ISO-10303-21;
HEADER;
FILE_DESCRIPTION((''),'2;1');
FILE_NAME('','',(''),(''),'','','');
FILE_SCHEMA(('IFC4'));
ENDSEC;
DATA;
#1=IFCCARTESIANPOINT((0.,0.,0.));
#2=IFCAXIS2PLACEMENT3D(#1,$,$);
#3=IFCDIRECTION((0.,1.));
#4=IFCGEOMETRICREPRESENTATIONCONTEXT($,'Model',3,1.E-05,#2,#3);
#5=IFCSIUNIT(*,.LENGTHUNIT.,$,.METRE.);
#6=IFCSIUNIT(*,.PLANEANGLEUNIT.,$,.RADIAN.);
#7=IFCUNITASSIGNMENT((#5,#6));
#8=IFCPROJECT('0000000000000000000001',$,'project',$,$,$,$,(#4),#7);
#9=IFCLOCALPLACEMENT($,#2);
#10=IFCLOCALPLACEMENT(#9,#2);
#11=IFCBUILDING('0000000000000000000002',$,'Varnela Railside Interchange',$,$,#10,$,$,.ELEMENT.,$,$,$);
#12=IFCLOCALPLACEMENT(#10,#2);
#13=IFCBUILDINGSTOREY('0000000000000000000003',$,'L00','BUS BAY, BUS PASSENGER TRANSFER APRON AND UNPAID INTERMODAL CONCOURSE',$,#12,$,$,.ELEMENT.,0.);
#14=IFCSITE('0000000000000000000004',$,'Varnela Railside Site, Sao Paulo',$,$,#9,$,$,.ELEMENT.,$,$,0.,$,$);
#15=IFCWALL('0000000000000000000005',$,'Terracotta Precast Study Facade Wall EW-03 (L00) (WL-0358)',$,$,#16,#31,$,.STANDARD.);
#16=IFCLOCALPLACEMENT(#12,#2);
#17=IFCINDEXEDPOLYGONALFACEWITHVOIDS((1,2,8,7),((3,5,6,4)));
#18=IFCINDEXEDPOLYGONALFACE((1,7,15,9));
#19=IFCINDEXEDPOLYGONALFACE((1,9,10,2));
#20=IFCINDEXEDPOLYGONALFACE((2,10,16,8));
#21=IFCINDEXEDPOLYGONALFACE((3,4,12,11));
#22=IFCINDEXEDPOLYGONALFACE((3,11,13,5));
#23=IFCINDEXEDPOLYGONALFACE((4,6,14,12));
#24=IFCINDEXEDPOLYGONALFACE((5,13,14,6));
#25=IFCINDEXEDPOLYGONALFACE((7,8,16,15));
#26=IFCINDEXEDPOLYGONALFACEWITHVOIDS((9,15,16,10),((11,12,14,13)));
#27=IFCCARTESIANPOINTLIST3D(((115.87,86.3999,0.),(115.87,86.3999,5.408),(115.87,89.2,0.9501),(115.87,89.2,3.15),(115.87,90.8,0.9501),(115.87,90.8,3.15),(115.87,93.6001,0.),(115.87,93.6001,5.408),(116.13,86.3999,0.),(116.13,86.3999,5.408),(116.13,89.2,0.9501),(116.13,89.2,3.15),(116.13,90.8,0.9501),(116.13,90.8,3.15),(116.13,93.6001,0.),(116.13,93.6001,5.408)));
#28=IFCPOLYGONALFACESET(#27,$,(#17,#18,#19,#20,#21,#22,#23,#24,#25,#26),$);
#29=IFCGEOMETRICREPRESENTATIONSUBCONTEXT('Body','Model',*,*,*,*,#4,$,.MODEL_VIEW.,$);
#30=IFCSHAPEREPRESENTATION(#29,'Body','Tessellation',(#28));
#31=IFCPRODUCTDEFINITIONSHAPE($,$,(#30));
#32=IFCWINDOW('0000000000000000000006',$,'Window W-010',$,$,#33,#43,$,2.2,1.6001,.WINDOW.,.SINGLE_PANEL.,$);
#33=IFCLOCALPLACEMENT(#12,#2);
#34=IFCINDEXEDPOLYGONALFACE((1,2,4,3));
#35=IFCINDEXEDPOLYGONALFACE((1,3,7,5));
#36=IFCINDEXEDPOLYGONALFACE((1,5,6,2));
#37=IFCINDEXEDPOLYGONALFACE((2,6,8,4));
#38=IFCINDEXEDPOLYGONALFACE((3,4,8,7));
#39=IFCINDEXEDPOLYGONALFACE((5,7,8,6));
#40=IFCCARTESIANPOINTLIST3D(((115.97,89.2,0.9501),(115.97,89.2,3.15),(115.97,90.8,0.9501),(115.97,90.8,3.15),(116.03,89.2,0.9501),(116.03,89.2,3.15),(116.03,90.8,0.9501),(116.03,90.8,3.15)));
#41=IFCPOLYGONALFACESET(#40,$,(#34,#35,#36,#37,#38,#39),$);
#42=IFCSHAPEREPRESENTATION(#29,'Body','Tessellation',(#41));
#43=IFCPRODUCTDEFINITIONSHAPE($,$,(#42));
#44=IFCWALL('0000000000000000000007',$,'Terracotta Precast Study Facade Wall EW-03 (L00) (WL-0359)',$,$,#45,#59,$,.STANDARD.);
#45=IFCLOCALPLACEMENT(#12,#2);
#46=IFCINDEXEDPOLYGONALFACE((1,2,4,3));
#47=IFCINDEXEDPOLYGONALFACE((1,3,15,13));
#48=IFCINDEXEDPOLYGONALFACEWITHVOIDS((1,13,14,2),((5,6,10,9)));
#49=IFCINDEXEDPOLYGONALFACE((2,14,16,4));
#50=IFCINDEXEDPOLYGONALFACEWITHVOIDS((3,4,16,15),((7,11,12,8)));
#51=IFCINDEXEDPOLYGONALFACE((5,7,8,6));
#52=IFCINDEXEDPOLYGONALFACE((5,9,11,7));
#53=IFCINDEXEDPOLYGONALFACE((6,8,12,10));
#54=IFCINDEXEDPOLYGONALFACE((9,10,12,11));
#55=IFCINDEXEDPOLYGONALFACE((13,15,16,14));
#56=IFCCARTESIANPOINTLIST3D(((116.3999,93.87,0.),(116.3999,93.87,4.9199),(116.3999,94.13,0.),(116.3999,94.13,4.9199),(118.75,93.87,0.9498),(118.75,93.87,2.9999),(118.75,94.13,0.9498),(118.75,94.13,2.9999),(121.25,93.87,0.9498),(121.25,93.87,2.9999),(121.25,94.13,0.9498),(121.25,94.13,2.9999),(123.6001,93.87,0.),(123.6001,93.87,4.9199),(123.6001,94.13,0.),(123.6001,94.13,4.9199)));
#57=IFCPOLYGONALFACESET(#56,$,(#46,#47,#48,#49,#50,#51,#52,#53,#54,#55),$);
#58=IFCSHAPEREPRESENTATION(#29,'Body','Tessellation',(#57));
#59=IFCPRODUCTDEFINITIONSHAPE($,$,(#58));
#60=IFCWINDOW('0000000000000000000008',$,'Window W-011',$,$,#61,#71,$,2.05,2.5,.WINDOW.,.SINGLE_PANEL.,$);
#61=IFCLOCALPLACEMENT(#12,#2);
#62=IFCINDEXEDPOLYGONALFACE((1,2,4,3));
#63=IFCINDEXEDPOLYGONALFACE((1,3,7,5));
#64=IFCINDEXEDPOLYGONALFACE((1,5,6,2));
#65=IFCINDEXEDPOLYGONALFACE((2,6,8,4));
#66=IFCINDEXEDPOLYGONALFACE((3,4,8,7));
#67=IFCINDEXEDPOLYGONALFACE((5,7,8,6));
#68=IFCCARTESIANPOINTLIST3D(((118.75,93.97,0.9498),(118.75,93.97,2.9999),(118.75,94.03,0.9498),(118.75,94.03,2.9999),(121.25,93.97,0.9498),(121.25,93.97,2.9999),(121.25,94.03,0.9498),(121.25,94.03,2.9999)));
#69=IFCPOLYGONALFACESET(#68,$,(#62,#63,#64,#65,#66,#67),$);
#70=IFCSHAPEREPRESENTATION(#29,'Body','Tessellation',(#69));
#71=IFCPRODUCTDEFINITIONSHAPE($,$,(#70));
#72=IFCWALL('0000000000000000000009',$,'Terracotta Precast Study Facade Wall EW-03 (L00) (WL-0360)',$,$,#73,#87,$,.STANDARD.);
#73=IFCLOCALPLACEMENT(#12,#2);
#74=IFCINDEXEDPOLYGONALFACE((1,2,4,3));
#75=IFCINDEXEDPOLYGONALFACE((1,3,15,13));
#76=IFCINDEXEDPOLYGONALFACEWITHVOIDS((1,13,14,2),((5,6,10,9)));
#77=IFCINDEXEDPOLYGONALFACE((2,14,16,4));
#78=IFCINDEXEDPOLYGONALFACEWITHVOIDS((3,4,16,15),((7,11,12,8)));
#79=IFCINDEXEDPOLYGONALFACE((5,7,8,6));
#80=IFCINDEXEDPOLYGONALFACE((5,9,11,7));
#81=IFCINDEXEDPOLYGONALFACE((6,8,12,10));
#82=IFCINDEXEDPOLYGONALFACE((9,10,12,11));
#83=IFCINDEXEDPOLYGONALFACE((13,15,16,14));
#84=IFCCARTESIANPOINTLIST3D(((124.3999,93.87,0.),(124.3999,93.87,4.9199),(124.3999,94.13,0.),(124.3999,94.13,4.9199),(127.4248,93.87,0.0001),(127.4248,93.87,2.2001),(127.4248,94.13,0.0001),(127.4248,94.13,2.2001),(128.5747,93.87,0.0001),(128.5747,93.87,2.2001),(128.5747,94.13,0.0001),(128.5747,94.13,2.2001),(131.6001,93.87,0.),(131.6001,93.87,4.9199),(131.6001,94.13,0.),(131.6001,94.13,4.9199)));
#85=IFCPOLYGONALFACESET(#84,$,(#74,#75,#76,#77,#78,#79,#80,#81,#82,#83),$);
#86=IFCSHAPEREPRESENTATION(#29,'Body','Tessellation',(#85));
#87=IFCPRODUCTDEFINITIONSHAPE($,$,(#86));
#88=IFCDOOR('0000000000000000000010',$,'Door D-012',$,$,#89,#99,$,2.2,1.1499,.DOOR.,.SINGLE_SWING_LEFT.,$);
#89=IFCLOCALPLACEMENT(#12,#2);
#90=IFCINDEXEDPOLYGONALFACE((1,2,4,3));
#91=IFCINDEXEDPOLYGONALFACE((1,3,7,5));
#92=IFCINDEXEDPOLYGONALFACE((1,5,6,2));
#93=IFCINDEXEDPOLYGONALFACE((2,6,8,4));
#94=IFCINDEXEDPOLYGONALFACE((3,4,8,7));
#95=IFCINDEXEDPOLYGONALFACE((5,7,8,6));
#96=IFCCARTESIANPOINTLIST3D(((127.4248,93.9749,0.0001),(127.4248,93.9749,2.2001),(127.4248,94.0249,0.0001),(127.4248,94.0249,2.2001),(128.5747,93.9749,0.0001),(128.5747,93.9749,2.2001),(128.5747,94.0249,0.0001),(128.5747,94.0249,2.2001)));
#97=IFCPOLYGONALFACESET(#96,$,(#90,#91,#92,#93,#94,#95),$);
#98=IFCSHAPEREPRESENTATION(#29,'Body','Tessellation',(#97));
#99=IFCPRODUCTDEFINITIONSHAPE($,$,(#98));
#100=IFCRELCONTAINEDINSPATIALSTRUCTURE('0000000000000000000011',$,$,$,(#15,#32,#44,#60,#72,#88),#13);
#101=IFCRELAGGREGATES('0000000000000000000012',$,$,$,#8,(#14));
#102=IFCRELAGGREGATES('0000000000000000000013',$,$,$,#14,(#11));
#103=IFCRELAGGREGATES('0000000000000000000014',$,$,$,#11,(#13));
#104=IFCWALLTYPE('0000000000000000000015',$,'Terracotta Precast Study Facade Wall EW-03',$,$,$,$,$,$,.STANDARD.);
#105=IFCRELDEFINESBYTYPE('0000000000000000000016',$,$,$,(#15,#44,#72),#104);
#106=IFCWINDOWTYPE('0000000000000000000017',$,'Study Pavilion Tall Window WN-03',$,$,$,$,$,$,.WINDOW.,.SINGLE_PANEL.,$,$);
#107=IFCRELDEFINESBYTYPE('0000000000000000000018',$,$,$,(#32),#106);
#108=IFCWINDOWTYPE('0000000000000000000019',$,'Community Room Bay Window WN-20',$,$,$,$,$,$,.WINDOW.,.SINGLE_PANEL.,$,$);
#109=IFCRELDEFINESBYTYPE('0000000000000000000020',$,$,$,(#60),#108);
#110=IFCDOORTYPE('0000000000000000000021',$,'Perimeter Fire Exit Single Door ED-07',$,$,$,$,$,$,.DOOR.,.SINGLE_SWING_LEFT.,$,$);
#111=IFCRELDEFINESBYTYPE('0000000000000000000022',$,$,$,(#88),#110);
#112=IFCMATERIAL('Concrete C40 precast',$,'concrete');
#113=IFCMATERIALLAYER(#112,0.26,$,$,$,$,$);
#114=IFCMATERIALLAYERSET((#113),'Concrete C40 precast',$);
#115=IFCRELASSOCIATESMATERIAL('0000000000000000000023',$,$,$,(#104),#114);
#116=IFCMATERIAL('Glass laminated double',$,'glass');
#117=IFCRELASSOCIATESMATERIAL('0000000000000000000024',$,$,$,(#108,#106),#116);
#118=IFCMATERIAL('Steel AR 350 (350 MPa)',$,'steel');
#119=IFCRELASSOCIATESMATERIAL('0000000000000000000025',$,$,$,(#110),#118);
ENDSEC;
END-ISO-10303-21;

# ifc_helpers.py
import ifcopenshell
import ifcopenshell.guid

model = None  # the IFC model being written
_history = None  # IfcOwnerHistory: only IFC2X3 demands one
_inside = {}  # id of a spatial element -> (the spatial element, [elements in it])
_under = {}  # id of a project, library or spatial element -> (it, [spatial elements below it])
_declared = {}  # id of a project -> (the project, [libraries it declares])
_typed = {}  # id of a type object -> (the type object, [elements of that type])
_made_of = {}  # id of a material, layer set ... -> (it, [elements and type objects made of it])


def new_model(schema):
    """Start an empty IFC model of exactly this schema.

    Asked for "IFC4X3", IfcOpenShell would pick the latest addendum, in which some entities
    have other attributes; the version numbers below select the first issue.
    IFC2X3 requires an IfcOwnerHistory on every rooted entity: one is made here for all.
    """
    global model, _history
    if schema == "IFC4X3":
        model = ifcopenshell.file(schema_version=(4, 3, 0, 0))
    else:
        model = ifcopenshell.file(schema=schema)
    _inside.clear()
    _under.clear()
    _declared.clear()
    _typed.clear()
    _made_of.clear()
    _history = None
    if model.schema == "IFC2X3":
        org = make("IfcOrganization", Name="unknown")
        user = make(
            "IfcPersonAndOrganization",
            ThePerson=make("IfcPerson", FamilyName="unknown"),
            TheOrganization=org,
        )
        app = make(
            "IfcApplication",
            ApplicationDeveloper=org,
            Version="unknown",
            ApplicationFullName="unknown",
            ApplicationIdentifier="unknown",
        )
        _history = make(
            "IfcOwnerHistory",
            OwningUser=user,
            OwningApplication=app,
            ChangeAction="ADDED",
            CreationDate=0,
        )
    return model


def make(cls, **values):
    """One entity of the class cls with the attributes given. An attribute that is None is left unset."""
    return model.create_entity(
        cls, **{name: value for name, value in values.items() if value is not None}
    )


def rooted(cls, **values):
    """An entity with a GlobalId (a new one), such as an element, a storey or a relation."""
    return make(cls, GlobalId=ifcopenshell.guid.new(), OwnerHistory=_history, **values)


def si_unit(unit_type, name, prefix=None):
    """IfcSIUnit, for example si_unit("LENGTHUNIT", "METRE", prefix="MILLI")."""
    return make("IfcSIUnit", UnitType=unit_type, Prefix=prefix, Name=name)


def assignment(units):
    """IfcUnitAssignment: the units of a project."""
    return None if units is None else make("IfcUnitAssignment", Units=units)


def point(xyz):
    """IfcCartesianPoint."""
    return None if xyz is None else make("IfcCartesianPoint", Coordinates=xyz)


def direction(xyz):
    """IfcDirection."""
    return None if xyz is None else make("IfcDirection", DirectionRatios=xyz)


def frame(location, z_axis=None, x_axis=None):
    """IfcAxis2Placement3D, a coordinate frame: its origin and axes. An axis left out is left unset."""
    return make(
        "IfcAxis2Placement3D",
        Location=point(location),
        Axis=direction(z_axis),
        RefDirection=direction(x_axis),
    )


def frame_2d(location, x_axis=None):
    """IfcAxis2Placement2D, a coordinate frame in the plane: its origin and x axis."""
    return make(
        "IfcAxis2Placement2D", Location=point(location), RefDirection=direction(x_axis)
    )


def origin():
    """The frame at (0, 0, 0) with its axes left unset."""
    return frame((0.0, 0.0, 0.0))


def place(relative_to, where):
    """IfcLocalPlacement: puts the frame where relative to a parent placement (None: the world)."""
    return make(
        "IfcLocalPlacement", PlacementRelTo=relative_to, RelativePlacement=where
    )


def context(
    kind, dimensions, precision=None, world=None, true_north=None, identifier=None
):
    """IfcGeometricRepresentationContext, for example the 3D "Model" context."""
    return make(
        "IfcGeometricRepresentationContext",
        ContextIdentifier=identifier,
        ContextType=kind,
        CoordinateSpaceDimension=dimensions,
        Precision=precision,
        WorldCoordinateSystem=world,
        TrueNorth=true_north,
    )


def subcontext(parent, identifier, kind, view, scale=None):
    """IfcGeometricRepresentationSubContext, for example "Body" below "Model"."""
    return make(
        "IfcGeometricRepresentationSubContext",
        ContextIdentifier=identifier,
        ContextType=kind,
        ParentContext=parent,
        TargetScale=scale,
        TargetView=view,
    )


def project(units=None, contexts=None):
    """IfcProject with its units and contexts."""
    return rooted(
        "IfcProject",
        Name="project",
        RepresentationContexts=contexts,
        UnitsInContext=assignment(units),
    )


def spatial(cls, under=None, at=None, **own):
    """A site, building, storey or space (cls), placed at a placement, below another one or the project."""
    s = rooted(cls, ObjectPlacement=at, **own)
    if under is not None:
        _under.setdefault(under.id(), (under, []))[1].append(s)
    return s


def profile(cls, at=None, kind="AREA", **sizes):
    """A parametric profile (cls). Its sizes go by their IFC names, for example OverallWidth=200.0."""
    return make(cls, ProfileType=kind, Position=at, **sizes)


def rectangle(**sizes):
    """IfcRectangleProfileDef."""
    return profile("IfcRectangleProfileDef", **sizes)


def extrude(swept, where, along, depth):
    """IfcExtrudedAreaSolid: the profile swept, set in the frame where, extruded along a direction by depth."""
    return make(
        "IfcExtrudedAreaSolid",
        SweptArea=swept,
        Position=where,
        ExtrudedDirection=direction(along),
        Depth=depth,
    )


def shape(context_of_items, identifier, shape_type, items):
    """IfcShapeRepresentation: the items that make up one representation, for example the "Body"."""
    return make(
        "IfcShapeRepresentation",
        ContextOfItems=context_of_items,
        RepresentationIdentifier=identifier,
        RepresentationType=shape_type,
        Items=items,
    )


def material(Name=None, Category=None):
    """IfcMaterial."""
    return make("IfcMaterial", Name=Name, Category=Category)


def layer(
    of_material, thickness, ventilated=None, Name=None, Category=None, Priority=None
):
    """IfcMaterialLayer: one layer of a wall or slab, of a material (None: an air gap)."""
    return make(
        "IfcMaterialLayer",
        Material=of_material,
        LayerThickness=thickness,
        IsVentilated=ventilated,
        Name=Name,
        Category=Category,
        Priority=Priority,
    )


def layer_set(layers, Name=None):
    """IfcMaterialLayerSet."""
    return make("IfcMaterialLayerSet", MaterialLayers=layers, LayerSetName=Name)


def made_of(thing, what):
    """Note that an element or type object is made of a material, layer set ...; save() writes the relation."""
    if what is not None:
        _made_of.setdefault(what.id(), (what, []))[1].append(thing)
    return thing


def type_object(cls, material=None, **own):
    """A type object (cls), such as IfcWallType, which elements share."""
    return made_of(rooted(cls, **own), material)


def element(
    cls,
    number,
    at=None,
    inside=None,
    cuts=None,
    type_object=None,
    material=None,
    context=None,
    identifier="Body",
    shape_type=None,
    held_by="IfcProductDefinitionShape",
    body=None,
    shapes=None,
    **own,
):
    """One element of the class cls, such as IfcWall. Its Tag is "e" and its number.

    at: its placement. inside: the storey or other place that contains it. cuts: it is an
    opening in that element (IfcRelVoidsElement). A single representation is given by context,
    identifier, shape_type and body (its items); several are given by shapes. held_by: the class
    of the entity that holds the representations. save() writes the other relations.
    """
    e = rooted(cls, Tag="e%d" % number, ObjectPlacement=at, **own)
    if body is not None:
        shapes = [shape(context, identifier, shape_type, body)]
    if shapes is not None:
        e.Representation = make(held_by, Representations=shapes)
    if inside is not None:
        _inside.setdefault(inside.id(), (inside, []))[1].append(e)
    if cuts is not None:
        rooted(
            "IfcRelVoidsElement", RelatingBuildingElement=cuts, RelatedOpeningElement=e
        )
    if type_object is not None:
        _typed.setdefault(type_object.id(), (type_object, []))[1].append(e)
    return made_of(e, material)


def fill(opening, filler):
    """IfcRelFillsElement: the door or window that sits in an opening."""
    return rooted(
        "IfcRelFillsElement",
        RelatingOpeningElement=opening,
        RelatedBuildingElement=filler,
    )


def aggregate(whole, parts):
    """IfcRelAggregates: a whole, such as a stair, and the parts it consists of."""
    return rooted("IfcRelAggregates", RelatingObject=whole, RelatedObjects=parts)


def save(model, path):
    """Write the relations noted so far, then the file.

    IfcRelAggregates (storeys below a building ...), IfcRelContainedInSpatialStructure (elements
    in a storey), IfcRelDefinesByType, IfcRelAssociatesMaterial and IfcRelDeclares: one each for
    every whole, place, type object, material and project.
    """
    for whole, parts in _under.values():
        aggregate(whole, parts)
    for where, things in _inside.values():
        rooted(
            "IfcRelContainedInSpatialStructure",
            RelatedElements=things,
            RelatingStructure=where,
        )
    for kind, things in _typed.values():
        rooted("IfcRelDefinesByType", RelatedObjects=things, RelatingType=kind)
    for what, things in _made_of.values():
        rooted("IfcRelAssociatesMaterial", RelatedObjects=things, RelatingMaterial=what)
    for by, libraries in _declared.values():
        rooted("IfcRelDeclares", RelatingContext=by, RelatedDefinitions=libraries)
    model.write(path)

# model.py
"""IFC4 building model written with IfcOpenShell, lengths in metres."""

from ifc_helpers import new_model, si_unit, direction, frame, frame_2d, origin, place, context, subcontext, project, spatial, rectangle, extrude, material, layer, layer_set, type_object, element, fill, save


model = new_model("IFC4")

# Units and contexts
model_context = context("Model", 3, precision=1e-05, world=origin(), true_north=direction((0.0, 1.0)))
body_context = subcontext(model_context, "Body", "Model", "MODEL_VIEW")
ifc_project = project(units=[si_unit("LENGTHUNIT", "METRE"), si_unit("PLANEANGLEUNIT", "RADIAN")], contexts=[model_context])

# Site, building, storey
site_placement = place(None, origin())
site = spatial("IfcSite", under=ifc_project, at=site_placement, Name="Varnela Railside Site, Sao Paulo", CompositionType="ELEMENT", RefElevation=0.0)
building_placement = place(site_placement, origin())
building = spatial("IfcBuilding", under=site, at=building_placement, Name="Varnela Railside Interchange", CompositionType="ELEMENT")
storey_placement = place(building_placement, origin())
storey = spatial("IfcBuildingStorey", under=building, at=storey_placement, Name="L00", Description="BUS BAY, BUS PASSENGER TRANSFER APRON AND UNPAID INTERMODAL CONCOURSE", CompositionType="ELEMENT", Elevation=0.0)

# Shared definitions
ifc_material_1 = material(Name="Steel AR 350 (350 MPa)", Category="steel")

# Walls, openings, windows
ifc_material_2 = material(Name="Concrete C40 precast", Category="concrete")
ifc_layer = layer(ifc_material_2, 0.26)
ifc_layer_set = layer_set([ifc_layer], Name="Concrete C40 precast")
wall_type = type_object("IfcWallType", Name="Terracotta Precast Study Facade Wall EW-03", PredefinedType="STANDARD", material=ifc_layer_set)
ifc_material_3 = material(Name="Glass laminated double", Category="glass")
window_type_1 = type_object("IfcWindowType", Name="Community Room Bay Window WN-20", PartitioningType="SINGLE_PANEL", PredefinedType="WINDOW", material=ifc_material_3)
wall_1_placement = place(storey_placement, frame((116.0, 86.3999, 0.0), z_axis=(0.0, 0.0, 1.0), x_axis=(0.0, 1.0, 0.0)))
wall_1 = element("IfcWall", 1, at=wall_1_placement, inside=storey, type_object=wall_type, Name="Terracotta Precast Study Facade Wall EW-03 (L00) (WL-0358)", PredefinedType="STANDARD", context=body_context, shape_type="SweptSolid", body=[
    extrude(rectangle(XDim=7.2002, YDim=0.26, at=frame_2d((3.6001, 0.0))), origin(), (0.0, 0.0, 1.0), 5.408),
])
opening_1_placement = place(wall_1_placement, frame((2.8, 0.0, 0.95)))
opening_1 = element("IfcOpeningElement", 2, at=opening_1_placement, cuts=wall_1, PredefinedType="OPENING", context=body_context, shape_type="SweptSolid", body=[
    extrude(rectangle(XDim=1.6001, YDim=2.2, at=frame_2d((0.8, 1.1001))), frame((0.0, 0.1399, 0.0), z_axis=(0.0, -1.0, 0.0), x_axis=(1.0, 0.0, 0.0)), (0.0, 0.0, 1.0), 0.28),
])
window_type_2 = type_object("IfcWindowType", Name="Study Pavilion Tall Window WN-03", PartitioningType="SINGLE_PANEL", PredefinedType="WINDOW", material=ifc_material_3)
window_1_placement = place(opening_1_placement, origin())
window_1 = element("IfcWindow", 3, at=window_1_placement, inside=storey, type_object=window_type_2, Name="Window W-010", OverallHeight=2.2, OverallWidth=1.6001, PartitioningType="SINGLE_PANEL", PredefinedType="WINDOW", context=body_context, shape_type="SweptSolid", body=[
    extrude(rectangle(XDim=1.6001, YDim=2.2, at=frame_2d((0.8, 1.1001))), frame((0.0, 0.03, 0.0), z_axis=(0.0, -1.0, 0.0), x_axis=(1.0, 0.0, 0.0)), (0.0, 0.0, 1.0), 0.0601),
])
fill(opening_1, window_1)
wall_2_placement = place(storey_placement, frame((116.3999, 94.0, 0.0), z_axis=(0.0, 0.0, 1.0), x_axis=(1.0, 0.0, 0.0)))
wall_2 = element("IfcWall", 4, at=wall_2_placement, inside=storey, type_object=wall_type, Name="Terracotta Precast Study Facade Wall EW-03 (L00) (WL-0359)", PredefinedType="STANDARD", context=body_context, shape_type="SweptSolid", body=[
    extrude(rectangle(XDim=7.2002, YDim=0.26, at=frame_2d((3.6001, 0.0))), origin(), (0.0, 0.0, 1.0), 4.9199),
])
opening_2_placement = place(wall_2_placement, frame((2.3501, 0.0, 0.95)))
opening_2 = element("IfcOpeningElement", 5, at=opening_2_placement, cuts=wall_2, PredefinedType="OPENING", context=body_context, shape_type="SweptSolid", body=[
    extrude(rectangle(XDim=2.5, YDim=2.05, at=frame_2d((1.25, 1.0249))), frame((0.0, 0.1399, 0.0), z_axis=(0.0, -1.0, 0.0), x_axis=(1.0, 0.0, 0.0)), (0.0, 0.0, 1.0), 0.28),
])
window_2_placement = place(opening_2_placement, origin())
window_2 = element("IfcWindow", 6, at=window_2_placement, inside=storey, type_object=window_type_1, Name="Window W-011", OverallHeight=2.05, OverallWidth=2.5, PartitioningType="SINGLE_PANEL", PredefinedType="WINDOW", context=body_context, shape_type="SweptSolid", body=[
    extrude(rectangle(XDim=2.5, YDim=2.05, at=frame_2d((1.25, 1.0249))), frame((0.0, 0.03, 0.0), z_axis=(0.0, -1.0, 0.0), x_axis=(1.0, 0.0, 0.0)), (0.0, 0.0, 1.0), 0.0601),
])
fill(opening_2, window_2)

# Wall, opening, door
wall_3_placement = place(storey_placement, frame((124.3999, 94.0, 0.0), z_axis=(0.0, 0.0, 1.0), x_axis=(1.0, 0.0, 0.0)))
wall_3 = element("IfcWall", 7, at=wall_3_placement, inside=storey, type_object=wall_type, Name="Terracotta Precast Study Facade Wall EW-03 (L00) (WL-0360)", PredefinedType="STANDARD", context=body_context, shape_type="SweptSolid", body=[
    extrude(rectangle(XDim=7.2002, YDim=0.26, at=frame_2d((3.6001, 0.0))), origin(), (0.0, 0.0, 1.0), 4.9199),
])
opening_3_placement = place(wall_3_placement, frame((3.0249, 0.0, 0.0)))
opening_3 = element("IfcOpeningElement", 8, at=opening_3_placement, cuts=wall_3, PredefinedType="OPENING", context=body_context, shape_type="SweptSolid", body=[
    extrude(rectangle(XDim=1.1499, YDim=2.2, at=frame_2d((0.575, 1.1001))), frame((0.0, 0.1399, 0.0), z_axis=(0.0, -1.0, 0.0), x_axis=(1.0, 0.0, 0.0)), (0.0, 0.0, 1.0), 0.28),
])
door_type = type_object("IfcDoorType", Name="Perimeter Fire Exit Single Door ED-07", OperationType="SINGLE_SWING_LEFT", PredefinedType="DOOR", material=ifc_material_1)
door_placement = place(opening_3_placement, origin())
door = element("IfcDoor", 9, at=door_placement, inside=storey, type_object=door_type, Name="Door D-012", OperationType="SINGLE_SWING_LEFT", OverallHeight=2.2, OverallWidth=1.1499, PredefinedType="DOOR", context=body_context, shape_type="SweptSolid", body=[
    extrude(rectangle(XDim=1.1499, YDim=2.2, at=frame_2d((0.575, 1.1001))), frame((0.0, 0.0249, 0.0), z_axis=(0.0, -1.0, 0.0), x_axis=(1.0, 0.0, 0.0)), (0.0, 0.0, 1.0), 0.05),
])
fill(opening_3, door)

save(model, "model.ifc")
